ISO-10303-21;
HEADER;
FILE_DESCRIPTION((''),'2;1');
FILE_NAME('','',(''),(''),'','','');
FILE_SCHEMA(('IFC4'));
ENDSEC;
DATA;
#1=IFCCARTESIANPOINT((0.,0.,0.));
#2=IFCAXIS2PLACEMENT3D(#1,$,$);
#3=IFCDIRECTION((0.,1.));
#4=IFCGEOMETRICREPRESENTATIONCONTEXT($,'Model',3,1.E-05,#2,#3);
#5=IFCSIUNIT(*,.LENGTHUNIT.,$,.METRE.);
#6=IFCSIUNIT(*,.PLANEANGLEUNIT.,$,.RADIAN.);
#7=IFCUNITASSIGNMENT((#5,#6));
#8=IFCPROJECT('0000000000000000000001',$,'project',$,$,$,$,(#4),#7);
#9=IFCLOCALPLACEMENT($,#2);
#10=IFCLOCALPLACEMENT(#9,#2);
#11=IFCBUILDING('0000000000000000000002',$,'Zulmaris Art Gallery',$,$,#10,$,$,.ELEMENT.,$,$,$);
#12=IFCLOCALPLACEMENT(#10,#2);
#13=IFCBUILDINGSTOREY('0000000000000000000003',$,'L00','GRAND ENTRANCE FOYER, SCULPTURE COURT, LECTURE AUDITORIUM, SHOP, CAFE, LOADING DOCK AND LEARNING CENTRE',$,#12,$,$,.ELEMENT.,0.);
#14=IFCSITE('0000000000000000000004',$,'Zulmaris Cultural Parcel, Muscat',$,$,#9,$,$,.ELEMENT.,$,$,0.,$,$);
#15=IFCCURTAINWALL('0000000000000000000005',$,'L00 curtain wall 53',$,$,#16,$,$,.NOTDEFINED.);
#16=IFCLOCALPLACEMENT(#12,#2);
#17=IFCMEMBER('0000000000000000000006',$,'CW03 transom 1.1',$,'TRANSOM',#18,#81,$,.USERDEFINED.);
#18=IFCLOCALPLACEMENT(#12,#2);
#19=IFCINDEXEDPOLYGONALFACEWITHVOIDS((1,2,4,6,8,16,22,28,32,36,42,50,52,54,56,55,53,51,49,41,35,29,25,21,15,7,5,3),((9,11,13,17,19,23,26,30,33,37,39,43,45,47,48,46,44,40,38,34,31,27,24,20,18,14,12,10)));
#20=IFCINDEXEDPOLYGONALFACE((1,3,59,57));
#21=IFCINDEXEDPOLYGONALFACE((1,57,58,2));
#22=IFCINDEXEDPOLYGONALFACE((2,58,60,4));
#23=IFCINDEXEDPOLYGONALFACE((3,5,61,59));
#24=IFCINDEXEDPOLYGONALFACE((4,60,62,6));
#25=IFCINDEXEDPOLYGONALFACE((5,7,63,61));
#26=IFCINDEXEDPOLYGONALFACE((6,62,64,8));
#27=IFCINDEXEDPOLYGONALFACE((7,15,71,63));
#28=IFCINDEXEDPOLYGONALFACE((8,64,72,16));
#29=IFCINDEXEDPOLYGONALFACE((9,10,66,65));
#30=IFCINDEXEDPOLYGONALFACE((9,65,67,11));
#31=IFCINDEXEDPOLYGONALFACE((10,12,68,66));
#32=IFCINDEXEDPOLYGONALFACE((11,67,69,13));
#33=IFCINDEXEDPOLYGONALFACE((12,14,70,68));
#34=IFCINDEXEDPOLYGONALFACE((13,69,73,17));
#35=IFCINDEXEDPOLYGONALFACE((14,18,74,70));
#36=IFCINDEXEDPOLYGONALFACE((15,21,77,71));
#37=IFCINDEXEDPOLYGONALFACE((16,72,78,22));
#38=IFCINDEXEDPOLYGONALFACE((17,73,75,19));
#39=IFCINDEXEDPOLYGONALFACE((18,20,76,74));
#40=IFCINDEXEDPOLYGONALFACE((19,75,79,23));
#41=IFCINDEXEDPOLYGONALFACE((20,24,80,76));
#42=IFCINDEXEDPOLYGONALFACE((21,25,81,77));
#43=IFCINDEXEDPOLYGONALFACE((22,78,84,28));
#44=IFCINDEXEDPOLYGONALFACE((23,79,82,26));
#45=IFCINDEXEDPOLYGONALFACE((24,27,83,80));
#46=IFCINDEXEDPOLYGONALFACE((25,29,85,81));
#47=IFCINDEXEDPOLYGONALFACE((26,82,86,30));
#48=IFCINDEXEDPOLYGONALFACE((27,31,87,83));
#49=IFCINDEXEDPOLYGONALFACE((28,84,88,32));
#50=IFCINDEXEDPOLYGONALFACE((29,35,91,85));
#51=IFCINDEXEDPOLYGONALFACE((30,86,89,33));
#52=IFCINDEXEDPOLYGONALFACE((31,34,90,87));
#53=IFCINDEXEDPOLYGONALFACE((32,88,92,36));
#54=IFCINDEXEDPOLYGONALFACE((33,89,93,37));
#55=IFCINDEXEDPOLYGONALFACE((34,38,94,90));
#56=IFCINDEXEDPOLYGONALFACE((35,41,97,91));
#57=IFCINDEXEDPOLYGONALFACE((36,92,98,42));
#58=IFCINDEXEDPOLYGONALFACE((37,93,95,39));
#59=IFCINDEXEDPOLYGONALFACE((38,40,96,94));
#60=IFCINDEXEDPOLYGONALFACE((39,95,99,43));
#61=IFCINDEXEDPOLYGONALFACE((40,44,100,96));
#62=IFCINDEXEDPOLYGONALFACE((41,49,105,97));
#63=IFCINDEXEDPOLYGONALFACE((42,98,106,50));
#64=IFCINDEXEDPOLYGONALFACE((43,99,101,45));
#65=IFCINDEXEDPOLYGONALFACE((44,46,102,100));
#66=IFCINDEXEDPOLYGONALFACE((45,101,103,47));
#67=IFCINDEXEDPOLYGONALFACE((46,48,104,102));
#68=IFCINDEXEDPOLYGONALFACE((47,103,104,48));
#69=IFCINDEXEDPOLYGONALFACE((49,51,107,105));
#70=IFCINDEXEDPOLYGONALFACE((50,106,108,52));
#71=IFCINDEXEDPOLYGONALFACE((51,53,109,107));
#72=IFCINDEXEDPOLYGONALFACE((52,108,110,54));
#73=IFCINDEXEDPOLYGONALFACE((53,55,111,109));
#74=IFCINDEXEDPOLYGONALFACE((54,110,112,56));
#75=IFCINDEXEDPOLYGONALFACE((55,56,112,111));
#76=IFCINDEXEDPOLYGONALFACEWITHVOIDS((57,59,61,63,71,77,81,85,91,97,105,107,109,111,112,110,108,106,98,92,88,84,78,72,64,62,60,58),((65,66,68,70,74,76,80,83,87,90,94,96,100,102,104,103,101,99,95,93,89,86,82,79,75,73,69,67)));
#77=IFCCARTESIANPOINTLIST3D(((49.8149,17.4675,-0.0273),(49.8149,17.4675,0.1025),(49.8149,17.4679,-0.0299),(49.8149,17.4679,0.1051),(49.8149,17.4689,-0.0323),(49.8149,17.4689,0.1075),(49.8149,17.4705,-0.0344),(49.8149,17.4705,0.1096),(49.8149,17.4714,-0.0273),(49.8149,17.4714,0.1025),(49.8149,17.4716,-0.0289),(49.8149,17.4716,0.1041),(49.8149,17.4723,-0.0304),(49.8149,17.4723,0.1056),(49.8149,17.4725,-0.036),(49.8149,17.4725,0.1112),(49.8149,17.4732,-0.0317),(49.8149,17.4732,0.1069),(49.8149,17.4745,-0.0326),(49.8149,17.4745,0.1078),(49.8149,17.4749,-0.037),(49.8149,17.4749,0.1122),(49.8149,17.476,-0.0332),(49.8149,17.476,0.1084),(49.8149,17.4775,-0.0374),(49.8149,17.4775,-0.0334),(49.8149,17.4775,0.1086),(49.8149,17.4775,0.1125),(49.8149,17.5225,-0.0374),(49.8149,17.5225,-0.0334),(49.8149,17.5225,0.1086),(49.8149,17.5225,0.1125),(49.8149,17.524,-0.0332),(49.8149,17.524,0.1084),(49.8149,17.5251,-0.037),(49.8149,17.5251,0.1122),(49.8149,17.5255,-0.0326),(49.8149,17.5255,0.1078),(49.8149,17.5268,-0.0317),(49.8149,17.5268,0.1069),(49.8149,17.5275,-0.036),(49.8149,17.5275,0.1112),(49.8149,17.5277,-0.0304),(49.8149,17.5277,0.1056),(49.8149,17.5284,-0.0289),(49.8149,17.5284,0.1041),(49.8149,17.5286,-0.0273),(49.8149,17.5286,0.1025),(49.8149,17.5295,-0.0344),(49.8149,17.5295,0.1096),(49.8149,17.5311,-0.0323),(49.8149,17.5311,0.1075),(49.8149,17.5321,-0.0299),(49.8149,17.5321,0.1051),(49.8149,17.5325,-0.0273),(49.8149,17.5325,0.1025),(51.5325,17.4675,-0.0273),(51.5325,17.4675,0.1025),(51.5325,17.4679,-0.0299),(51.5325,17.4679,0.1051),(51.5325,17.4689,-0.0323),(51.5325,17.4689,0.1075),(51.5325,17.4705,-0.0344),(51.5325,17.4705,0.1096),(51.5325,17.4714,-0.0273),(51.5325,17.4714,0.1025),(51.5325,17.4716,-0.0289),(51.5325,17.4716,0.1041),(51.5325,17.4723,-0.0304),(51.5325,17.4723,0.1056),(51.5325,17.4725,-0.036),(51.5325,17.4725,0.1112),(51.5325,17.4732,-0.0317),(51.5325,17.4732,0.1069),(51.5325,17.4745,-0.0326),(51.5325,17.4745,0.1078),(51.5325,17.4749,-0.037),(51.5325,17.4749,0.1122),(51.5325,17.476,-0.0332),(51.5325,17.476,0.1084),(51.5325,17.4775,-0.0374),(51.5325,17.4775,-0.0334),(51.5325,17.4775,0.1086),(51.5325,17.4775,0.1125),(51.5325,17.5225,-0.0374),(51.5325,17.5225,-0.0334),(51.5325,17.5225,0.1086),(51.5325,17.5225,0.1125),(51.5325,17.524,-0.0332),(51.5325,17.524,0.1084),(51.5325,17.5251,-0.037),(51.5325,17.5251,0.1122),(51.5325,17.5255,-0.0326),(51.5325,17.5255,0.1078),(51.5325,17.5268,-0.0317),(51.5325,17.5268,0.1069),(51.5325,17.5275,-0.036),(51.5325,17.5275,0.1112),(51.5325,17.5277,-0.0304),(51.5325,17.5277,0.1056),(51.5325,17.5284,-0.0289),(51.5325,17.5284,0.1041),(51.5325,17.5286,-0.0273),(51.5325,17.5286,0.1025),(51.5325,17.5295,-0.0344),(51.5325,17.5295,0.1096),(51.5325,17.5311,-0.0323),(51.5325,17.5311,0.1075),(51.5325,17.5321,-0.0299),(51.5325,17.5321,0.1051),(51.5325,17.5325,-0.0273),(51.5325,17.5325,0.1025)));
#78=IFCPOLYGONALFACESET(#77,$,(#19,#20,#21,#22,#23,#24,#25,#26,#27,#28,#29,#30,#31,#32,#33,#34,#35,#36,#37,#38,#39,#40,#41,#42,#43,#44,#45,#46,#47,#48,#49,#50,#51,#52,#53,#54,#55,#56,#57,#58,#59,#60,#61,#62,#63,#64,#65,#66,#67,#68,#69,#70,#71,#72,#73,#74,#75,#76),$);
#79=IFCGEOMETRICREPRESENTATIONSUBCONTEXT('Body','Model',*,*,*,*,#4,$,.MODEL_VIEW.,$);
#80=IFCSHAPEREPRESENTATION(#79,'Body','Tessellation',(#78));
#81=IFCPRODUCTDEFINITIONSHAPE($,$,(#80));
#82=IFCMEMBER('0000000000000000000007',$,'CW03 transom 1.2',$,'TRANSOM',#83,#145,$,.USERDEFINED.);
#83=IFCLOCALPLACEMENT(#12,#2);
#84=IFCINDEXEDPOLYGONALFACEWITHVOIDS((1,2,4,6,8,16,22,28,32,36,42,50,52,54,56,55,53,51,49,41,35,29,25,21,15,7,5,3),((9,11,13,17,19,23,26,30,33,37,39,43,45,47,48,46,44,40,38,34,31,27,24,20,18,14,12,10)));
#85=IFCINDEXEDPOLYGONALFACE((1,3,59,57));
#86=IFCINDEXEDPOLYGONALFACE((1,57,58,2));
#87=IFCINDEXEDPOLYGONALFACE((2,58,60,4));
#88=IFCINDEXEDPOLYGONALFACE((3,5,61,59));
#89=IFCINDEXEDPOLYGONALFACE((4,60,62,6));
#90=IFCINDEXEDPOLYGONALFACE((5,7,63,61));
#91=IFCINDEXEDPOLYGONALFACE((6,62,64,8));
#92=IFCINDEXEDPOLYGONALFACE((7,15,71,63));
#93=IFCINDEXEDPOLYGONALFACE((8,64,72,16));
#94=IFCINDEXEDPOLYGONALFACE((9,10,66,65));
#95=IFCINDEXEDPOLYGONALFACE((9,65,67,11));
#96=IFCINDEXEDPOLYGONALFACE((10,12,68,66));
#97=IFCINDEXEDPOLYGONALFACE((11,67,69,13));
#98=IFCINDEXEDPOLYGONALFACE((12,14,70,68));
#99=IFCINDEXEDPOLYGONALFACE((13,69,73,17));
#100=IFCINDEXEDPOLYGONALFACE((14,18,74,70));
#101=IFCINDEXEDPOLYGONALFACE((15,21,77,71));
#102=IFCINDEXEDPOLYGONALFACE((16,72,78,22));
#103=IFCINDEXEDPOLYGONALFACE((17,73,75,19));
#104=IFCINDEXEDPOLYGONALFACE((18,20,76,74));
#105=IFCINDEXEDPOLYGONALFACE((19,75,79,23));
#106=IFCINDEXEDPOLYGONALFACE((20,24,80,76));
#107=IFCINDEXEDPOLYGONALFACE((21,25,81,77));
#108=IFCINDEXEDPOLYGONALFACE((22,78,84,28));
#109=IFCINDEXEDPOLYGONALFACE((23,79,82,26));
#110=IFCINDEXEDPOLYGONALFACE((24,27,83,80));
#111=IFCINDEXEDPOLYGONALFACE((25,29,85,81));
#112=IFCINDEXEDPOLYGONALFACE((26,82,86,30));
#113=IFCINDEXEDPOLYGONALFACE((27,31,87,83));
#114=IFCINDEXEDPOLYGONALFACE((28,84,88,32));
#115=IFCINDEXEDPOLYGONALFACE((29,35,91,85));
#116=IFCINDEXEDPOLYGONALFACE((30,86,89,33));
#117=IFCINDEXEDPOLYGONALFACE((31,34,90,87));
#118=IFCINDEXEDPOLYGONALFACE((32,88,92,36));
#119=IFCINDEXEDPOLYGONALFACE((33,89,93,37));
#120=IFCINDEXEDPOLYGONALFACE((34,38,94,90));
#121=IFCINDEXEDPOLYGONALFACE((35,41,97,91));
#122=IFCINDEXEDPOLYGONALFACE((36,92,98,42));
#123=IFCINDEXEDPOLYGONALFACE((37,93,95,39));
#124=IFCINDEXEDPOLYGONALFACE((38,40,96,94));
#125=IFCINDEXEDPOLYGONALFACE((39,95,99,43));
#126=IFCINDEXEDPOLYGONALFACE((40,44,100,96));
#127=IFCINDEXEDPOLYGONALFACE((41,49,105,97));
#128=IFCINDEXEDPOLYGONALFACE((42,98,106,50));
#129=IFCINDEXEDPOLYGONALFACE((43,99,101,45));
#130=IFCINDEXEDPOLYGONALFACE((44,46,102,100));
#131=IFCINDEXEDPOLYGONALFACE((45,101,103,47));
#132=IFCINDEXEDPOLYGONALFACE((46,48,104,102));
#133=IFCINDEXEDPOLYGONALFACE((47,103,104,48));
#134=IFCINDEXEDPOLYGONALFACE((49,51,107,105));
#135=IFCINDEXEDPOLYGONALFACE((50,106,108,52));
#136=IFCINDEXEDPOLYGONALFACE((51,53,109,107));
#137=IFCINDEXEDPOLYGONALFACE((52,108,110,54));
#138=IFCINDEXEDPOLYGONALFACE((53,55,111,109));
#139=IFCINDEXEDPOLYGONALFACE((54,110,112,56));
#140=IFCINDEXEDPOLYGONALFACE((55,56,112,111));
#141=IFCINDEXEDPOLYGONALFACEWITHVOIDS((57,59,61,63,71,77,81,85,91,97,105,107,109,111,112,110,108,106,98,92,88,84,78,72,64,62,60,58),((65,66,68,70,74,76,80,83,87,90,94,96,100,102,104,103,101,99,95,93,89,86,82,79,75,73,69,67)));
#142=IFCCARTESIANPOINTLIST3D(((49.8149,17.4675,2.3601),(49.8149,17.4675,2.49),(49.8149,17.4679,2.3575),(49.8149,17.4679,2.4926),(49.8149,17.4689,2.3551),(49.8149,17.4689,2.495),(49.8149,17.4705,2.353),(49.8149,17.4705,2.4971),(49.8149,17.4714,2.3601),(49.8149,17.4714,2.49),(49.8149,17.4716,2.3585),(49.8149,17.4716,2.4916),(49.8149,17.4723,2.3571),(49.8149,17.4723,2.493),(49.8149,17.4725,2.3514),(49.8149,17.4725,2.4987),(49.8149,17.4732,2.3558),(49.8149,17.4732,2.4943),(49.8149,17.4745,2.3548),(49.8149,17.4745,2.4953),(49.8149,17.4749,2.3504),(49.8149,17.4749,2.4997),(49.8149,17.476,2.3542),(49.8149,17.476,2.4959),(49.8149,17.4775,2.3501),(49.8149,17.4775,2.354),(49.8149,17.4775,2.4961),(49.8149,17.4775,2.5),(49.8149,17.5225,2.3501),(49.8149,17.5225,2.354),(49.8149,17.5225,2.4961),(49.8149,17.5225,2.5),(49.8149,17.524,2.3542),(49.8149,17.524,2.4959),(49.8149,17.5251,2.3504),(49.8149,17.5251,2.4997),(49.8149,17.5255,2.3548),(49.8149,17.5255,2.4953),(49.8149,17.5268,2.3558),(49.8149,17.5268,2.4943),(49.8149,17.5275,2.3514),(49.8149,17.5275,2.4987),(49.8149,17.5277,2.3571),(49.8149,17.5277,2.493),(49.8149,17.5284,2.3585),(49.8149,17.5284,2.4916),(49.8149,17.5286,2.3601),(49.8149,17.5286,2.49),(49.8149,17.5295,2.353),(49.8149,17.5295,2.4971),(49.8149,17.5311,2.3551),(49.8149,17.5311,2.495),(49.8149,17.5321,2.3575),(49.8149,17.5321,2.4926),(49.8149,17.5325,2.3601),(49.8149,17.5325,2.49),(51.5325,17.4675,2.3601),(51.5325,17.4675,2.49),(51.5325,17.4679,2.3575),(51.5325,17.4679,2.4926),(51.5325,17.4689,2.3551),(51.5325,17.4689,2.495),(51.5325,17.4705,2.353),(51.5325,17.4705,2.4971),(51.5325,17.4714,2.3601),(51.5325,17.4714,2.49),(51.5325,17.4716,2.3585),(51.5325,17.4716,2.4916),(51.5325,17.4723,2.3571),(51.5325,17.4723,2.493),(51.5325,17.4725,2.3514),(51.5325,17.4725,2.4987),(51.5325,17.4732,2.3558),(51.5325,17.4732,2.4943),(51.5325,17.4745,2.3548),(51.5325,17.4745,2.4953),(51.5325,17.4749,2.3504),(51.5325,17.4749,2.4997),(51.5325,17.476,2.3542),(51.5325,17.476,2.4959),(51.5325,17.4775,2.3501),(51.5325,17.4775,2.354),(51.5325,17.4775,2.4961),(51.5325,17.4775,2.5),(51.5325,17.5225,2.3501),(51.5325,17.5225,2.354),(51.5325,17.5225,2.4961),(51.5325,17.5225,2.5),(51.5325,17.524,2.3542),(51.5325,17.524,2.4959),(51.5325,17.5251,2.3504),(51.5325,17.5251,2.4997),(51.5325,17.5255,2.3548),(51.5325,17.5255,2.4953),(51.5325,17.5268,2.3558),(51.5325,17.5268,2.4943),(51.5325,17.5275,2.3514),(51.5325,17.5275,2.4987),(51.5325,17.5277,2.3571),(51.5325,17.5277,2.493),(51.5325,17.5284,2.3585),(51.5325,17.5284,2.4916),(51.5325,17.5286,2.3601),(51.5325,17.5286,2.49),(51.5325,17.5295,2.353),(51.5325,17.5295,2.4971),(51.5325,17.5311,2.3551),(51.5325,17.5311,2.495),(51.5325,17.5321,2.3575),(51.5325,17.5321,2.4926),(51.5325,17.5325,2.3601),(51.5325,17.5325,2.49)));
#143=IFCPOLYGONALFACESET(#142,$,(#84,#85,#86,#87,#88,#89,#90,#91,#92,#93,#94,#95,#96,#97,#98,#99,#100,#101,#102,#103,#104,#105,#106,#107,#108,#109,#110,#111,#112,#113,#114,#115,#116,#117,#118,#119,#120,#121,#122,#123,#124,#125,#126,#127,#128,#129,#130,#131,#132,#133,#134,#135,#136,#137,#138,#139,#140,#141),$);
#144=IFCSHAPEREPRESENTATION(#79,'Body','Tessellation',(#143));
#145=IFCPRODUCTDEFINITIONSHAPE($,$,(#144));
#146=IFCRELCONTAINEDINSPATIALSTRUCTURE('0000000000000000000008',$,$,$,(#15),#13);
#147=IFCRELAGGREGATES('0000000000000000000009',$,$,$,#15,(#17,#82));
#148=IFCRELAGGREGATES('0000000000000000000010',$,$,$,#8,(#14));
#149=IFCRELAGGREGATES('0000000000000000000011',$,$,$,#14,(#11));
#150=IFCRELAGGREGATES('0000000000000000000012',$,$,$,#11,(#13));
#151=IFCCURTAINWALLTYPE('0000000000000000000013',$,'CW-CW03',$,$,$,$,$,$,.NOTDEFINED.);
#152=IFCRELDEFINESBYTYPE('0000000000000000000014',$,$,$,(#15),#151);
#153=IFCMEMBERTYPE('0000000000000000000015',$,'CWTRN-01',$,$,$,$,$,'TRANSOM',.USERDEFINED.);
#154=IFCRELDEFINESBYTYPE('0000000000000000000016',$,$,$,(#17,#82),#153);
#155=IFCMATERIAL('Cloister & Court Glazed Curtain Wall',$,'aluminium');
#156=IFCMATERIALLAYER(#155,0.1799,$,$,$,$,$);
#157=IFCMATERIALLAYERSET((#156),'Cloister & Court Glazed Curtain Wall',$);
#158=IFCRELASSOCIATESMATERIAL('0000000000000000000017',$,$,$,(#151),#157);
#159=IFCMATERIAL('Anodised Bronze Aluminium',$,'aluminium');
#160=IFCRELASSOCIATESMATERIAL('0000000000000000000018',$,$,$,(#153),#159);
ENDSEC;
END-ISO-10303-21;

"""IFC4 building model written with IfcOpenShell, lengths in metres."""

from ifc_helpers import new_model, si_unit, direction, frame, origin, origin_2d, place, context, subcontext, project, spatial, hollow_rectangle, extrude, material, layer, layer_set, material_profile, profile_set, type_object, element, aggregate, save


model = new_model("IFC4")

# Units and contexts
model_context = context("Model", 3, precision=1e-05, world=origin(), true_north=direction((0.0, 1.0)))
body_context = subcontext(model_context, "Body", "Model", "MODEL_VIEW")
ifc_project = project(units=[si_unit("LENGTHUNIT", "METRE"), si_unit("PLANEANGLEUNIT", "RADIAN")], contexts=[model_context])

# Site, building, storey
site_placement = place(None, origin())
site = spatial("IfcSite", under=ifc_project, at=site_placement, Name="Zulmaris Cultural Parcel, Muscat", CompositionType="ELEMENT", RefElevation=0.0)
building_placement = place(site_placement, origin())
building = spatial("IfcBuilding", under=site, at=building_placement, Name="Zulmaris Art Gallery", CompositionType="ELEMENT")
storey_placement = place(building_placement, origin())
storey = spatial("IfcBuildingStorey", under=building, at=storey_placement, Name="L00", Description="GRAND ENTRANCE FOYER, SCULPTURE COURT, LECTURE AUDITORIUM, SHOP, CAFE, LOADING DOCK AND LEARNING CENTRE", CompositionType="ELEMENT", Elevation=0.0)

# Shared definitions
ifc_material_1 = material(Name="Cloister & Court Glazed Curtain Wall", Category="aluminium")
ifc_layer_1 = layer(ifc_material_1, 0.1799)
ifc_layer_set_1 = layer_set([ifc_layer_1], Name="Cloister & Court Glazed Curtain Wall")
curtain_wall_type = type_object("IfcCurtainWallType", Name="CW-CW03", PredefinedType="NOTDEFINED", material=ifc_layer_set_1)
ifc_material_2 = material(Name="Anodised Bronze Aluminium", Category="aluminium")

# Curtain wall, members
curtain_wall_1_placement = place(storey_placement, origin())
curtain_wall_1 = element("IfcCurtainWall", 1, at=curtain_wall_1_placement, inside=storey, type_object=curtain_wall_type, Name="L00 curtain wall 53", PredefinedType="NOTDEFINED")
ifc_material_profile_1 = material_profile(ifc_material_2, hollow_rectangle(XDim=0.0649, YDim=0.1499, WallThickness=0.0039, InnerFilletRadius=0.0061, OuterFilletRadius=0.01, at=origin_2d()), Name="ALU 65x150x4")
ifc_profile_set_1 = profile_set([ifc_material_profile_1], Name="Anodised Bronze Aluminium")
member_type_1 = type_object("IfcMemberType", Name="CWTRN-01", ElementType="TRANSOM", PredefinedType="USERDEFINED", material=ifc_profile_set_1)
member_1_placement = place(storey_placement, frame((49.8149, 17.5, 0.0376), z_axis=(1.0, 0.0, 0.0), x_axis=(0.0, 1.0, 0.0)))
member_1 = element("IfcMember", 2, at=member_1_placement, type_object=member_type_1, Name="CW03 transom 1.1", ObjectType="TRANSOM", PredefinedType="USERDEFINED", context=body_context, shape_type="SweptSolid", body=[
    extrude(hollow_rectangle(XDim=0.0649, YDim=0.1499, WallThickness=0.0039, InnerFilletRadius=0.0061, OuterFilletRadius=0.01, at=origin_2d()), origin(), (0.0, 0.0, 1.0), 1.7175),
])
member_2_placement = place(storey_placement, frame((49.8149, 17.5, 2.425), z_axis=(1.0, 0.0, 0.0), x_axis=(0.0, 1.0, 0.0)))
member_2 = element("IfcMember", 3, at=member_2_placement, type_object=member_type_1, Name="CW03 transom 1.2", ObjectType="TRANSOM", PredefinedType="USERDEFINED", context=body_context, shape_type="SweptSolid", body=[
    extrude(hollow_rectangle(XDim=0.0649, YDim=0.1499, WallThickness=0.0039, InnerFilletRadius=0.0061, OuterFilletRadius=0.01, at=origin_2d()), origin(), (0.0, 0.0, 1.0), 1.7175),
])

aggregate(curtain_wall_1, [member_1, member_2])

save(model, "model.ifc")
